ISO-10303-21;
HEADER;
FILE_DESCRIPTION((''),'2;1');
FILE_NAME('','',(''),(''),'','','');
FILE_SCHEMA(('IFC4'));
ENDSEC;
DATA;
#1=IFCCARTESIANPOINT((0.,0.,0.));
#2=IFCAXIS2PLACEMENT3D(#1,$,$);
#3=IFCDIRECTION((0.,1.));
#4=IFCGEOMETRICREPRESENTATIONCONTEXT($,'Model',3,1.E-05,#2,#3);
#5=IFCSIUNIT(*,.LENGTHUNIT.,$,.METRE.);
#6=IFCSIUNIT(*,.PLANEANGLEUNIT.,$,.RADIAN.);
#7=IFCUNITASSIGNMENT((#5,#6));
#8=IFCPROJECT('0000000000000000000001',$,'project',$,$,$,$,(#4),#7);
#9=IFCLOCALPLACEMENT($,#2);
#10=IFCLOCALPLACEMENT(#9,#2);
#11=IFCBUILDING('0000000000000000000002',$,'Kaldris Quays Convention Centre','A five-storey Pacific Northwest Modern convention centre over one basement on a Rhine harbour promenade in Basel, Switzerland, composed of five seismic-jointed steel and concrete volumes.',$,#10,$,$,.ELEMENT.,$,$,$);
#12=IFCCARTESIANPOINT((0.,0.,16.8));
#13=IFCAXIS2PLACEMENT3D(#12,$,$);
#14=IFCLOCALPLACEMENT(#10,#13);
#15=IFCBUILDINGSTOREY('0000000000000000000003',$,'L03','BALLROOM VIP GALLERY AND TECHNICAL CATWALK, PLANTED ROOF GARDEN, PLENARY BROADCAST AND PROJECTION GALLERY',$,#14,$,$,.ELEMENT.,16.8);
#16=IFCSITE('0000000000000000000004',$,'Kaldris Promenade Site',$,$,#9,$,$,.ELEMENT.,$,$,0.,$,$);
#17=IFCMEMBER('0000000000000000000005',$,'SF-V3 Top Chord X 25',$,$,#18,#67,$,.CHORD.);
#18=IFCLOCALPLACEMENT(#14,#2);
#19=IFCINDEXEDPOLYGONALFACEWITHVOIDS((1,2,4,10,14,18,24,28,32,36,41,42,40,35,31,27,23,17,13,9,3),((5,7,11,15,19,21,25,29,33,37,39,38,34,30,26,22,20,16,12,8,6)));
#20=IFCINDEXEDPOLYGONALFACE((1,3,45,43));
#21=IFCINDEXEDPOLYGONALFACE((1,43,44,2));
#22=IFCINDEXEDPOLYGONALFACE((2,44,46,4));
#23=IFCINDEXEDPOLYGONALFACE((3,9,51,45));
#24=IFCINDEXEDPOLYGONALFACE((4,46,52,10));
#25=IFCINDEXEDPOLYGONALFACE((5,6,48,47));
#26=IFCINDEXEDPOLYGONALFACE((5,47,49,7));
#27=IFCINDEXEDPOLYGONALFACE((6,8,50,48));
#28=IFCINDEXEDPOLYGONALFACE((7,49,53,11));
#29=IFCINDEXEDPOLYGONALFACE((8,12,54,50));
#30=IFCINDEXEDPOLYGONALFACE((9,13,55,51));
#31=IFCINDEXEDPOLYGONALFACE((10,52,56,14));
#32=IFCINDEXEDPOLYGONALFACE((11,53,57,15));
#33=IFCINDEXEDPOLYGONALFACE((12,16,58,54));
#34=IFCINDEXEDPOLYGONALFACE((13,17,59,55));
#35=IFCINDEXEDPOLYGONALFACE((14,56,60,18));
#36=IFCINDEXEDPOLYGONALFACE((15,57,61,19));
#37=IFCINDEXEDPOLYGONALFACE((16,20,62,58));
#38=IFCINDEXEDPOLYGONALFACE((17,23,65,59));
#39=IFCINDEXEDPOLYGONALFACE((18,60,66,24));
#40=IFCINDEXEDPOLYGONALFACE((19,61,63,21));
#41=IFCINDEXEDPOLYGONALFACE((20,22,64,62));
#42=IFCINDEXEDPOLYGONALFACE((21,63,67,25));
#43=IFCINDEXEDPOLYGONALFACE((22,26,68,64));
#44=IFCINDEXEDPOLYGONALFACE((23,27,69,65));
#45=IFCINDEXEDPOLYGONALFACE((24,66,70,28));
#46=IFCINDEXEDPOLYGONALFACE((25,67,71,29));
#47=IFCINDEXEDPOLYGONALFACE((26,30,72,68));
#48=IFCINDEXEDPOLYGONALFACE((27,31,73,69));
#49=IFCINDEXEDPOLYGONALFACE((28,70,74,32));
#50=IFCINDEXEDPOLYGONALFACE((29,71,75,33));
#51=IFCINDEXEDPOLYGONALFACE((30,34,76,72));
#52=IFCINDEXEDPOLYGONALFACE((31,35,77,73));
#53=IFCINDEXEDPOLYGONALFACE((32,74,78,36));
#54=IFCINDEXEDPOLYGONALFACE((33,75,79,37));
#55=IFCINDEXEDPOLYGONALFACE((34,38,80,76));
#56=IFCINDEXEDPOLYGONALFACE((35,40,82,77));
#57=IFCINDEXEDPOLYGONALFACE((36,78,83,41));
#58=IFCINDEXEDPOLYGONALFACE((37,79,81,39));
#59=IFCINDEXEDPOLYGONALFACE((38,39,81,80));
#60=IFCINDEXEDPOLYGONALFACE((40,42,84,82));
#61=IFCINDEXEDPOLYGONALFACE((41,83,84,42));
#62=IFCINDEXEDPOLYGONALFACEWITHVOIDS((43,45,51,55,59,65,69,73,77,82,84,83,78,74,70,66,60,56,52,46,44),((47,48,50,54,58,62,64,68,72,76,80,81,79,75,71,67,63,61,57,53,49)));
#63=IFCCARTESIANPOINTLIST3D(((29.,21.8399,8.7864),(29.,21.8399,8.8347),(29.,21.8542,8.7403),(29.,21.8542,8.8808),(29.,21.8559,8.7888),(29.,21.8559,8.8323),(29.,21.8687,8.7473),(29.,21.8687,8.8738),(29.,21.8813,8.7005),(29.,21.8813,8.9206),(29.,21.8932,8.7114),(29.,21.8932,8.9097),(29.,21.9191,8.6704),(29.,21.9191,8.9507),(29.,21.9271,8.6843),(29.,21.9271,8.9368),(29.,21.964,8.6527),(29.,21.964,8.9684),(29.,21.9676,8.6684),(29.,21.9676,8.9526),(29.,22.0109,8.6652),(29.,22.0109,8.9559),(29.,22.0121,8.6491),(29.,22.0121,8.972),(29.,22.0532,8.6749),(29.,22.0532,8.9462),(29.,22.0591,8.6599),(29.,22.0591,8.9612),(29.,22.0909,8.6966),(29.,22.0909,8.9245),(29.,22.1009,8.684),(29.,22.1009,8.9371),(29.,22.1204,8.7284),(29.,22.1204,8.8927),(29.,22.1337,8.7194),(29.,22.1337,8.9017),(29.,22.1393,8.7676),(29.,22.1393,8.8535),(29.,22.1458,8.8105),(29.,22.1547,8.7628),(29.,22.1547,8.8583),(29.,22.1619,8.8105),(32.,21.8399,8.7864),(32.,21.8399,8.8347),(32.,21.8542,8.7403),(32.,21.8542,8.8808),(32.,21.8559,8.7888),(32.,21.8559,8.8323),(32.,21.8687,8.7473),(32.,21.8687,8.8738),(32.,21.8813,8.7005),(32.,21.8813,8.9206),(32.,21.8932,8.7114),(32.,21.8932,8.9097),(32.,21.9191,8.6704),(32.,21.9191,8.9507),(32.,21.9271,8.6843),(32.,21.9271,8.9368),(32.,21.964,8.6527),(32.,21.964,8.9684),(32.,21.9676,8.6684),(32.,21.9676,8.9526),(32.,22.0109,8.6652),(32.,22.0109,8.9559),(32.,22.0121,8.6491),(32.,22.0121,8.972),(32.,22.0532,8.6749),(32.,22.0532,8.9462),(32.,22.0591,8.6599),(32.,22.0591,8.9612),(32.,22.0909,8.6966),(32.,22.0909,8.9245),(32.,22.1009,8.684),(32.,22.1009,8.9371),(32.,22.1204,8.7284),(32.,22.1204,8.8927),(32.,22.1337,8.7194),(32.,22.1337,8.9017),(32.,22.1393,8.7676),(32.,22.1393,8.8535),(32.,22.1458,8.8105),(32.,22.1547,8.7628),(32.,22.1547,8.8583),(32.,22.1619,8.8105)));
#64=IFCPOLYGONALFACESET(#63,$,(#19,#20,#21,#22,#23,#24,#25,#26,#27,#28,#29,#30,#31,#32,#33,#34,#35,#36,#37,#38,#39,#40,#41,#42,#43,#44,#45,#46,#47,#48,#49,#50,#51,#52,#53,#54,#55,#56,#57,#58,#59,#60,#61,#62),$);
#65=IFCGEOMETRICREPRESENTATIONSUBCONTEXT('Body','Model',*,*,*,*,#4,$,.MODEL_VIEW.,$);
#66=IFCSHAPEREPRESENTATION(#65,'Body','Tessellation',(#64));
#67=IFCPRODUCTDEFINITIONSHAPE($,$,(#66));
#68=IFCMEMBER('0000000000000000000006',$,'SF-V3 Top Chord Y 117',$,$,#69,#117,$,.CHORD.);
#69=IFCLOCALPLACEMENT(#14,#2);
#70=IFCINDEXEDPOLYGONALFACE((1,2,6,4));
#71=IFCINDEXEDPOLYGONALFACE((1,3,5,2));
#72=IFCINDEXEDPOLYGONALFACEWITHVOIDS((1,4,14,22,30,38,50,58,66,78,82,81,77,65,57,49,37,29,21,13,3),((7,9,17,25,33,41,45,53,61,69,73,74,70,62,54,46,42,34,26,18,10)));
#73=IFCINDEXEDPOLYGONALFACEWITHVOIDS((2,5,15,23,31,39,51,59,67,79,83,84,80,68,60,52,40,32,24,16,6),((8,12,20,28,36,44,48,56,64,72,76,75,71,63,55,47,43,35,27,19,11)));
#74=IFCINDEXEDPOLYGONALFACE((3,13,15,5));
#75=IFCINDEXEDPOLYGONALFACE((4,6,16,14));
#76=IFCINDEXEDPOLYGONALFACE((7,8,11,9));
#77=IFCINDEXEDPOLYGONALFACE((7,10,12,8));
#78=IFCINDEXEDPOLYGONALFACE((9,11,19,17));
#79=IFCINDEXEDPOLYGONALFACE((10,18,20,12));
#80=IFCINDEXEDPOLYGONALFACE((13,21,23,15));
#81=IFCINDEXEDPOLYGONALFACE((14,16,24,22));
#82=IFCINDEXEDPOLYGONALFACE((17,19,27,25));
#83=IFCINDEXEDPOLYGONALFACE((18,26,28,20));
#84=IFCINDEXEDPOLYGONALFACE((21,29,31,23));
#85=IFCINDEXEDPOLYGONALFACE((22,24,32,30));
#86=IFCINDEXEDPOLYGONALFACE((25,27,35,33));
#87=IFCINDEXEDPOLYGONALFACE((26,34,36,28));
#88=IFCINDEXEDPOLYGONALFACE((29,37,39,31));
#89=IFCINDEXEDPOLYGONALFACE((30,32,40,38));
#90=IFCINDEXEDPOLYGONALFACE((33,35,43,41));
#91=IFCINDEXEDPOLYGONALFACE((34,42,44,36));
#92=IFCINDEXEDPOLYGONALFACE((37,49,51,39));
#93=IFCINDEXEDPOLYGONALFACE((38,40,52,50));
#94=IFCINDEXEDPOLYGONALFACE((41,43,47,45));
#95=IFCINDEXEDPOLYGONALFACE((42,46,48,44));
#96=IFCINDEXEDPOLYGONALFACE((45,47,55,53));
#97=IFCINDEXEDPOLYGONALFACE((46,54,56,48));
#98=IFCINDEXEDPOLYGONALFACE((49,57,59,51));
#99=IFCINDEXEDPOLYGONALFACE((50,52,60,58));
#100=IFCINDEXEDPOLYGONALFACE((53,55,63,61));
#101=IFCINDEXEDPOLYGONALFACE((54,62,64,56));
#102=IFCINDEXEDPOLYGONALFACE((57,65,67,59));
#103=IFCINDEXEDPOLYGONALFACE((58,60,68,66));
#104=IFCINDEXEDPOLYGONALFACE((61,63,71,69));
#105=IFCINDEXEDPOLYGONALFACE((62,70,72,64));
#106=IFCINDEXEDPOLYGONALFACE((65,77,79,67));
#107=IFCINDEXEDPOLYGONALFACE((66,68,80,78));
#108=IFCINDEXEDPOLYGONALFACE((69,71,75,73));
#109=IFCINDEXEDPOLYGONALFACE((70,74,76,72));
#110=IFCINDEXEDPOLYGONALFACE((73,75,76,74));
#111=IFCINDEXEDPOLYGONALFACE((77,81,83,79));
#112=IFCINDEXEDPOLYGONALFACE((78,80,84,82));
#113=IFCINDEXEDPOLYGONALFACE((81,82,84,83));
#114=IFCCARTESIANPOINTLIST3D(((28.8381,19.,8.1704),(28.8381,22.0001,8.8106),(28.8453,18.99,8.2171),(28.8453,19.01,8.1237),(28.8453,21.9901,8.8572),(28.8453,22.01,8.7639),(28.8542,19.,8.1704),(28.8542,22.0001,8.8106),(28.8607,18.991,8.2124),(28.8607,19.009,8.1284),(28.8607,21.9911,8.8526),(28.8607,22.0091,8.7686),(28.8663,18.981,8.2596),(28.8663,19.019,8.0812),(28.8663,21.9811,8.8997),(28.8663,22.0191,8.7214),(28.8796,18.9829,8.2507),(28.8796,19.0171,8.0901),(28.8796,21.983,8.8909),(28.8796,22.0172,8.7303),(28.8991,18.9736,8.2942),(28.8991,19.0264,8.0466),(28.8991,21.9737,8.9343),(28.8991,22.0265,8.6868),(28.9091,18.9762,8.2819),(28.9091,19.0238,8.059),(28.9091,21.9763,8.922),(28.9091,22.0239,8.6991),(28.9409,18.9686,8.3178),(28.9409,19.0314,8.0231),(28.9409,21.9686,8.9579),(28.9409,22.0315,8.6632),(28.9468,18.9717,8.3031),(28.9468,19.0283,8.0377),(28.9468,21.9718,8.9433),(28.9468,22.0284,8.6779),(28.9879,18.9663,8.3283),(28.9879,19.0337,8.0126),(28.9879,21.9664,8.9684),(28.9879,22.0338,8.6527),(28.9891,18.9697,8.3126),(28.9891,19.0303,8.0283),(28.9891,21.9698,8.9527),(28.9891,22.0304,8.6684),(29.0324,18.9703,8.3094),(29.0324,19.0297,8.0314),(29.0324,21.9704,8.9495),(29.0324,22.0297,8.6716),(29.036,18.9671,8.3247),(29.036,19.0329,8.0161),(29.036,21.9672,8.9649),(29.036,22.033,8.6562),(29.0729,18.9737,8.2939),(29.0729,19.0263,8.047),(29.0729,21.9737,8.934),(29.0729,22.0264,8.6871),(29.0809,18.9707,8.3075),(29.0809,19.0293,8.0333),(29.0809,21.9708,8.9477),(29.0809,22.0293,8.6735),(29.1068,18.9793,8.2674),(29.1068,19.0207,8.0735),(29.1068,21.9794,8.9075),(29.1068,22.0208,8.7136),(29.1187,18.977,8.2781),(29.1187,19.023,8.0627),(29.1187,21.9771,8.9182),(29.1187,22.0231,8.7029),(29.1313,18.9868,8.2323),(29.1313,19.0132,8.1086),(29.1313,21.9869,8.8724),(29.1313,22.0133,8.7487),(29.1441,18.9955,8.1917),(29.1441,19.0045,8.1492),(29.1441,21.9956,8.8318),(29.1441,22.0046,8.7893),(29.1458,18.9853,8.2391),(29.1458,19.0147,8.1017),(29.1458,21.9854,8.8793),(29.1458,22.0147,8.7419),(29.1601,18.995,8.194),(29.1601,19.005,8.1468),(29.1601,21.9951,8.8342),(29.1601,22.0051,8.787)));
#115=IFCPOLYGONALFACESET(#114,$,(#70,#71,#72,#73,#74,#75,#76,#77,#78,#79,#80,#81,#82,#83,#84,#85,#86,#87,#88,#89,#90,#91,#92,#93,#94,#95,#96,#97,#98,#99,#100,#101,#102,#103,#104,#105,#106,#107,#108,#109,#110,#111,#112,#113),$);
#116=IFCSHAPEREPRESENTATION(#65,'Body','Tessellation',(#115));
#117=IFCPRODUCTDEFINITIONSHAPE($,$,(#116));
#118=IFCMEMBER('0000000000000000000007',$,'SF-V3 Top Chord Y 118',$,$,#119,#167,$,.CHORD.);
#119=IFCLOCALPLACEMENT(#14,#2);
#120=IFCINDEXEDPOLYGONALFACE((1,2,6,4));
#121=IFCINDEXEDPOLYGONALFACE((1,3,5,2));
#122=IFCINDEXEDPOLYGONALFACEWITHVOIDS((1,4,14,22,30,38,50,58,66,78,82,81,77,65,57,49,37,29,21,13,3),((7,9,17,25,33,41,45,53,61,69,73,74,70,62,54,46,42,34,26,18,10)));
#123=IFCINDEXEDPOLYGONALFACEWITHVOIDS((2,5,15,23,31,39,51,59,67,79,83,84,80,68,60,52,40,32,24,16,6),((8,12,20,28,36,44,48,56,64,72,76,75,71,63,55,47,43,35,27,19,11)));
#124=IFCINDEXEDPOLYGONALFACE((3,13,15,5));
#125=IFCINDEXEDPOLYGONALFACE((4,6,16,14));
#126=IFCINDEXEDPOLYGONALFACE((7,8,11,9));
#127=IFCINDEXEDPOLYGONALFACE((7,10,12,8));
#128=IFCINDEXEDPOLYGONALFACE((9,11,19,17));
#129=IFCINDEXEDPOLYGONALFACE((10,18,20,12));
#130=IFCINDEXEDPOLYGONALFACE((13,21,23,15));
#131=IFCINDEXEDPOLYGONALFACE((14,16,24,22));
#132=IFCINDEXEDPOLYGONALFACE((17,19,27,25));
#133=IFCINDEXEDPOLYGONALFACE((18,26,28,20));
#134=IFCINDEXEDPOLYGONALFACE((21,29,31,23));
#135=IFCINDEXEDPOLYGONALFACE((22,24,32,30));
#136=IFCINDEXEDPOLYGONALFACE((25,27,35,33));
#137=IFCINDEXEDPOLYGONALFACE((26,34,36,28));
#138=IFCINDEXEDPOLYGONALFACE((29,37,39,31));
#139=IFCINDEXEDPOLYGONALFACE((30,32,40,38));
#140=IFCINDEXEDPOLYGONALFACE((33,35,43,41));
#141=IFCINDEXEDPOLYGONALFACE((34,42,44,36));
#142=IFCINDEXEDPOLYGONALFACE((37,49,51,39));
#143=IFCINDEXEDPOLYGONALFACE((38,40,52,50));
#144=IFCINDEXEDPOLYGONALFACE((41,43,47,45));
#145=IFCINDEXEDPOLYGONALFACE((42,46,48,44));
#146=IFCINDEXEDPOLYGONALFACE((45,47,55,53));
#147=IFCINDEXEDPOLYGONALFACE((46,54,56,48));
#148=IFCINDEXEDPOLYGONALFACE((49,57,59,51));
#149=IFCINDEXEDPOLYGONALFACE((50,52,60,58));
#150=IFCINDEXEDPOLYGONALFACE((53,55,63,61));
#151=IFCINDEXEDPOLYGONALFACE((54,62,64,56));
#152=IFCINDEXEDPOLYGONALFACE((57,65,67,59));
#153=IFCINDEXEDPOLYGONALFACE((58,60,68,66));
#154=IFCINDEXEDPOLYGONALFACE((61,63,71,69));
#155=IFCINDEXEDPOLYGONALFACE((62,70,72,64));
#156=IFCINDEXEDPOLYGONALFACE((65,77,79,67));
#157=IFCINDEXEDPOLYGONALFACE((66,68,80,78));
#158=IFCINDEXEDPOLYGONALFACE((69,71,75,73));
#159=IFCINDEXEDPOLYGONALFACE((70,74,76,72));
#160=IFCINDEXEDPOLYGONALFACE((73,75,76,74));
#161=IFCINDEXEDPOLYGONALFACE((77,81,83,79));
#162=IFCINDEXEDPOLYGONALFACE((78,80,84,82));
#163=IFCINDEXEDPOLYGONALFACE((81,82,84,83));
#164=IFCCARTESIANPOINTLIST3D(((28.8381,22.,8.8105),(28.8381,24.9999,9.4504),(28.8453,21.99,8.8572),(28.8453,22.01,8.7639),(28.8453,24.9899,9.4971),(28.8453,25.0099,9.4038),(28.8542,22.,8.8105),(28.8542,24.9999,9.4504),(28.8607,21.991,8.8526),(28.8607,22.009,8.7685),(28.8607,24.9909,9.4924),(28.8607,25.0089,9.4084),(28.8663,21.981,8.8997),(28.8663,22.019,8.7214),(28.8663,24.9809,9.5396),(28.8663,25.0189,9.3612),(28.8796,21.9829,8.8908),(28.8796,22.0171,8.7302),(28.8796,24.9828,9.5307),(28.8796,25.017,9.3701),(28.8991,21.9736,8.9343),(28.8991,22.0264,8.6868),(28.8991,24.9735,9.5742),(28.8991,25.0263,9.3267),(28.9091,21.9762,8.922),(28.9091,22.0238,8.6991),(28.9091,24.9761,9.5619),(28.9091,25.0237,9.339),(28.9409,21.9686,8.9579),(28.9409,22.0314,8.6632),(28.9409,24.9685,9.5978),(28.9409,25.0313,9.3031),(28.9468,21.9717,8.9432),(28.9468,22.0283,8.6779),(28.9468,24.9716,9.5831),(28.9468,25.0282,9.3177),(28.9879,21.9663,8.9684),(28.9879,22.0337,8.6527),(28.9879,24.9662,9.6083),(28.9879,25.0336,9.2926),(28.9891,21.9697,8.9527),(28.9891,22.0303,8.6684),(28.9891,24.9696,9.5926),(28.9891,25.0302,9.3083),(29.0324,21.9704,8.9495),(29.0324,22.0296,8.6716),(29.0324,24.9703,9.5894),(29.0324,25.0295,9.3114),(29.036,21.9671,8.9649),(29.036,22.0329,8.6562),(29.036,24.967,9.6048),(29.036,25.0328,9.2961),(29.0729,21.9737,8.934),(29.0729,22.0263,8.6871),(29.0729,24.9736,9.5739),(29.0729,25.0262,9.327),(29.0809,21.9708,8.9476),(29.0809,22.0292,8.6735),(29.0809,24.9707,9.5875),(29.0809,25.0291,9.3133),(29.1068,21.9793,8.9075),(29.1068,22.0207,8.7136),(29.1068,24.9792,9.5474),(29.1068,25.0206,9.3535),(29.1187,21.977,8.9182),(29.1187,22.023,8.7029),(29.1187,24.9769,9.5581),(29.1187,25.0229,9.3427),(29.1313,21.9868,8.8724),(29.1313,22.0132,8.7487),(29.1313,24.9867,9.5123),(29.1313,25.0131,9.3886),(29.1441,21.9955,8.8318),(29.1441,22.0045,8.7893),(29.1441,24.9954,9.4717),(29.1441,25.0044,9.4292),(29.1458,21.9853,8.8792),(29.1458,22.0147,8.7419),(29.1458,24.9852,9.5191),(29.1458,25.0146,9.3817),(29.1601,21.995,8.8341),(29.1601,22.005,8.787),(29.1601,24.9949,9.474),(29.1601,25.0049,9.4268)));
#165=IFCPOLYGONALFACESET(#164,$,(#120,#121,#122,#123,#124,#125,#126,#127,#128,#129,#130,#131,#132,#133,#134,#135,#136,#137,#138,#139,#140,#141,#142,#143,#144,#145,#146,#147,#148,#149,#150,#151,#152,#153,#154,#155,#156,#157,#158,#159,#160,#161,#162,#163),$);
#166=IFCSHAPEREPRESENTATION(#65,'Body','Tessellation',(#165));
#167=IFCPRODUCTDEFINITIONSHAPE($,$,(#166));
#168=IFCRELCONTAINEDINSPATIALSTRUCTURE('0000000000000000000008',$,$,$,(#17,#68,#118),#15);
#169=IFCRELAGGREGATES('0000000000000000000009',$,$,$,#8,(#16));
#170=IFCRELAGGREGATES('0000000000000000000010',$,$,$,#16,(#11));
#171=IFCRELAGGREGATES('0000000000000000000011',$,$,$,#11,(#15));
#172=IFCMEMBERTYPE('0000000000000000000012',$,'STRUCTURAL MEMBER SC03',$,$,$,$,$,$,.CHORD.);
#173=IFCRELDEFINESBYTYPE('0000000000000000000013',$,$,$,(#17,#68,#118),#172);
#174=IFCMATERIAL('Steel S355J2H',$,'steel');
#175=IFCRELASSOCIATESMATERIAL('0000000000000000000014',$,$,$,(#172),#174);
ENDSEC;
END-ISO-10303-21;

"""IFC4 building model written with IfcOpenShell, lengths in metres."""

from ifc_helpers import new_model, si_unit, direction, frame, origin, origin_2d, place, context, subcontext, project, spatial, hollow_circle, extrude, material, material_profile, profile_set, type_object, element, save


model = new_model("IFC4")

# Units and contexts
model_context = context("Model", 3, precision=1e-05, world=origin(), true_north=direction((0.0, 1.0)))
body_context = subcontext(model_context, "Body", "Model", "MODEL_VIEW")
ifc_project = project(units=[si_unit("LENGTHUNIT", "METRE"), si_unit("PLANEANGLEUNIT", "RADIAN")], contexts=[model_context])

# Site, building, storey
site_placement = place(None, origin())
site = spatial("IfcSite", under=ifc_project, at=site_placement, Name="Kaldris Promenade Site", CompositionType="ELEMENT", RefElevation=0.0)
building_placement = place(site_placement, origin())
building = spatial("IfcBuilding", under=site, at=building_placement, Name="Kaldris Quays Convention Centre", Description="A five-storey Pacific Northwest Modern convention centre over one basement on a Rhine harbour promenade in Basel, Switzerland, composed of five seismic-jointed steel and concrete volumes.", CompositionType="ELEMENT")
storey_placement = place(building_placement, frame((0.0, 0.0, 16.8)))
storey = spatial("IfcBuildingStorey", under=building, at=storey_placement, Name="L03", Description="BALLROOM VIP GALLERY AND TECHNICAL CATWALK, PLANTED ROOF GARDEN, PLENARY BROADCAST AND PROJECTION GALLERY", CompositionType="ELEMENT", Elevation=16.8)

# Members
ifc_material_1 = material(Name="Steel S355J2H", Category="steel")
ifc_material_profile_1 = material_profile(ifc_material_1, hollow_circle(Radius=0.1619, WallThickness=0.0161, at=origin_2d()), Name="CHS 323.9x16")
ifc_profile_set_1 = profile_set([ifc_material_profile_1], Name="Steel S355J2H")
member_type_1 = type_object("IfcMemberType", Name="STRUCTURAL MEMBER SC03", PredefinedType="CHORD", material=ifc_profile_set_1)
for number, where, z_axis, x_axis, name in (
    (1, (29.0, 22.0, 8.8105), (1.0, 0.0, 0.0), (0.0, 1.0, 0.0), "SF-V3 Top Chord X 25"),
):
    element("IfcMember", number, at=place(storey_placement, frame(where, z_axis=z_axis, x_axis=x_axis)), inside=storey, type_object=member_type_1, Name=name, PredefinedType="CHORD", context=body_context, shape_type="SweptSolid", body=[
        extrude(hollow_circle(Radius=0.1619, WallThickness=0.0161, at=origin_2d()), origin(), (0.0, 0.0, 1.0), 3.0),
    ])
member_1_placement = place(storey_placement, frame((29.0, 19.0, 8.1704), z_axis=(0.0, 0.977984, 0.208681), x_axis=(-1.0, 0.0, 0.0)))
element("IfcMember", 2, at=member_1_placement, inside=storey, type_object=member_type_1, Name="SF-V3 Top Chord Y 117", PredefinedType="CHORD", context=body_context, shape_type="SweptSolid", body=[
    extrude(hollow_circle(Radius=0.1619, WallThickness=0.0161, at=origin_2d()), origin(), (0.0, 0.0, 1.0), 3.0676),
])
member_2_placement = place(storey_placement, frame((29.0, 22.0, 8.8105), z_axis=(0.0, 0.978, 0.208605), x_axis=(-1.0, 0.0, 0.0)))
element("IfcMember", 3, at=member_2_placement, inside=storey, type_object=member_type_1, Name="SF-V3 Top Chord Y 118", PredefinedType="CHORD", context=body_context, shape_type="SweptSolid", body=[
    extrude(hollow_circle(Radius=0.1619, WallThickness=0.0161, at=origin_2d()), origin(), (0.0, 0.0, 1.0), 3.0674),
])

save(model, "model.ifc")
